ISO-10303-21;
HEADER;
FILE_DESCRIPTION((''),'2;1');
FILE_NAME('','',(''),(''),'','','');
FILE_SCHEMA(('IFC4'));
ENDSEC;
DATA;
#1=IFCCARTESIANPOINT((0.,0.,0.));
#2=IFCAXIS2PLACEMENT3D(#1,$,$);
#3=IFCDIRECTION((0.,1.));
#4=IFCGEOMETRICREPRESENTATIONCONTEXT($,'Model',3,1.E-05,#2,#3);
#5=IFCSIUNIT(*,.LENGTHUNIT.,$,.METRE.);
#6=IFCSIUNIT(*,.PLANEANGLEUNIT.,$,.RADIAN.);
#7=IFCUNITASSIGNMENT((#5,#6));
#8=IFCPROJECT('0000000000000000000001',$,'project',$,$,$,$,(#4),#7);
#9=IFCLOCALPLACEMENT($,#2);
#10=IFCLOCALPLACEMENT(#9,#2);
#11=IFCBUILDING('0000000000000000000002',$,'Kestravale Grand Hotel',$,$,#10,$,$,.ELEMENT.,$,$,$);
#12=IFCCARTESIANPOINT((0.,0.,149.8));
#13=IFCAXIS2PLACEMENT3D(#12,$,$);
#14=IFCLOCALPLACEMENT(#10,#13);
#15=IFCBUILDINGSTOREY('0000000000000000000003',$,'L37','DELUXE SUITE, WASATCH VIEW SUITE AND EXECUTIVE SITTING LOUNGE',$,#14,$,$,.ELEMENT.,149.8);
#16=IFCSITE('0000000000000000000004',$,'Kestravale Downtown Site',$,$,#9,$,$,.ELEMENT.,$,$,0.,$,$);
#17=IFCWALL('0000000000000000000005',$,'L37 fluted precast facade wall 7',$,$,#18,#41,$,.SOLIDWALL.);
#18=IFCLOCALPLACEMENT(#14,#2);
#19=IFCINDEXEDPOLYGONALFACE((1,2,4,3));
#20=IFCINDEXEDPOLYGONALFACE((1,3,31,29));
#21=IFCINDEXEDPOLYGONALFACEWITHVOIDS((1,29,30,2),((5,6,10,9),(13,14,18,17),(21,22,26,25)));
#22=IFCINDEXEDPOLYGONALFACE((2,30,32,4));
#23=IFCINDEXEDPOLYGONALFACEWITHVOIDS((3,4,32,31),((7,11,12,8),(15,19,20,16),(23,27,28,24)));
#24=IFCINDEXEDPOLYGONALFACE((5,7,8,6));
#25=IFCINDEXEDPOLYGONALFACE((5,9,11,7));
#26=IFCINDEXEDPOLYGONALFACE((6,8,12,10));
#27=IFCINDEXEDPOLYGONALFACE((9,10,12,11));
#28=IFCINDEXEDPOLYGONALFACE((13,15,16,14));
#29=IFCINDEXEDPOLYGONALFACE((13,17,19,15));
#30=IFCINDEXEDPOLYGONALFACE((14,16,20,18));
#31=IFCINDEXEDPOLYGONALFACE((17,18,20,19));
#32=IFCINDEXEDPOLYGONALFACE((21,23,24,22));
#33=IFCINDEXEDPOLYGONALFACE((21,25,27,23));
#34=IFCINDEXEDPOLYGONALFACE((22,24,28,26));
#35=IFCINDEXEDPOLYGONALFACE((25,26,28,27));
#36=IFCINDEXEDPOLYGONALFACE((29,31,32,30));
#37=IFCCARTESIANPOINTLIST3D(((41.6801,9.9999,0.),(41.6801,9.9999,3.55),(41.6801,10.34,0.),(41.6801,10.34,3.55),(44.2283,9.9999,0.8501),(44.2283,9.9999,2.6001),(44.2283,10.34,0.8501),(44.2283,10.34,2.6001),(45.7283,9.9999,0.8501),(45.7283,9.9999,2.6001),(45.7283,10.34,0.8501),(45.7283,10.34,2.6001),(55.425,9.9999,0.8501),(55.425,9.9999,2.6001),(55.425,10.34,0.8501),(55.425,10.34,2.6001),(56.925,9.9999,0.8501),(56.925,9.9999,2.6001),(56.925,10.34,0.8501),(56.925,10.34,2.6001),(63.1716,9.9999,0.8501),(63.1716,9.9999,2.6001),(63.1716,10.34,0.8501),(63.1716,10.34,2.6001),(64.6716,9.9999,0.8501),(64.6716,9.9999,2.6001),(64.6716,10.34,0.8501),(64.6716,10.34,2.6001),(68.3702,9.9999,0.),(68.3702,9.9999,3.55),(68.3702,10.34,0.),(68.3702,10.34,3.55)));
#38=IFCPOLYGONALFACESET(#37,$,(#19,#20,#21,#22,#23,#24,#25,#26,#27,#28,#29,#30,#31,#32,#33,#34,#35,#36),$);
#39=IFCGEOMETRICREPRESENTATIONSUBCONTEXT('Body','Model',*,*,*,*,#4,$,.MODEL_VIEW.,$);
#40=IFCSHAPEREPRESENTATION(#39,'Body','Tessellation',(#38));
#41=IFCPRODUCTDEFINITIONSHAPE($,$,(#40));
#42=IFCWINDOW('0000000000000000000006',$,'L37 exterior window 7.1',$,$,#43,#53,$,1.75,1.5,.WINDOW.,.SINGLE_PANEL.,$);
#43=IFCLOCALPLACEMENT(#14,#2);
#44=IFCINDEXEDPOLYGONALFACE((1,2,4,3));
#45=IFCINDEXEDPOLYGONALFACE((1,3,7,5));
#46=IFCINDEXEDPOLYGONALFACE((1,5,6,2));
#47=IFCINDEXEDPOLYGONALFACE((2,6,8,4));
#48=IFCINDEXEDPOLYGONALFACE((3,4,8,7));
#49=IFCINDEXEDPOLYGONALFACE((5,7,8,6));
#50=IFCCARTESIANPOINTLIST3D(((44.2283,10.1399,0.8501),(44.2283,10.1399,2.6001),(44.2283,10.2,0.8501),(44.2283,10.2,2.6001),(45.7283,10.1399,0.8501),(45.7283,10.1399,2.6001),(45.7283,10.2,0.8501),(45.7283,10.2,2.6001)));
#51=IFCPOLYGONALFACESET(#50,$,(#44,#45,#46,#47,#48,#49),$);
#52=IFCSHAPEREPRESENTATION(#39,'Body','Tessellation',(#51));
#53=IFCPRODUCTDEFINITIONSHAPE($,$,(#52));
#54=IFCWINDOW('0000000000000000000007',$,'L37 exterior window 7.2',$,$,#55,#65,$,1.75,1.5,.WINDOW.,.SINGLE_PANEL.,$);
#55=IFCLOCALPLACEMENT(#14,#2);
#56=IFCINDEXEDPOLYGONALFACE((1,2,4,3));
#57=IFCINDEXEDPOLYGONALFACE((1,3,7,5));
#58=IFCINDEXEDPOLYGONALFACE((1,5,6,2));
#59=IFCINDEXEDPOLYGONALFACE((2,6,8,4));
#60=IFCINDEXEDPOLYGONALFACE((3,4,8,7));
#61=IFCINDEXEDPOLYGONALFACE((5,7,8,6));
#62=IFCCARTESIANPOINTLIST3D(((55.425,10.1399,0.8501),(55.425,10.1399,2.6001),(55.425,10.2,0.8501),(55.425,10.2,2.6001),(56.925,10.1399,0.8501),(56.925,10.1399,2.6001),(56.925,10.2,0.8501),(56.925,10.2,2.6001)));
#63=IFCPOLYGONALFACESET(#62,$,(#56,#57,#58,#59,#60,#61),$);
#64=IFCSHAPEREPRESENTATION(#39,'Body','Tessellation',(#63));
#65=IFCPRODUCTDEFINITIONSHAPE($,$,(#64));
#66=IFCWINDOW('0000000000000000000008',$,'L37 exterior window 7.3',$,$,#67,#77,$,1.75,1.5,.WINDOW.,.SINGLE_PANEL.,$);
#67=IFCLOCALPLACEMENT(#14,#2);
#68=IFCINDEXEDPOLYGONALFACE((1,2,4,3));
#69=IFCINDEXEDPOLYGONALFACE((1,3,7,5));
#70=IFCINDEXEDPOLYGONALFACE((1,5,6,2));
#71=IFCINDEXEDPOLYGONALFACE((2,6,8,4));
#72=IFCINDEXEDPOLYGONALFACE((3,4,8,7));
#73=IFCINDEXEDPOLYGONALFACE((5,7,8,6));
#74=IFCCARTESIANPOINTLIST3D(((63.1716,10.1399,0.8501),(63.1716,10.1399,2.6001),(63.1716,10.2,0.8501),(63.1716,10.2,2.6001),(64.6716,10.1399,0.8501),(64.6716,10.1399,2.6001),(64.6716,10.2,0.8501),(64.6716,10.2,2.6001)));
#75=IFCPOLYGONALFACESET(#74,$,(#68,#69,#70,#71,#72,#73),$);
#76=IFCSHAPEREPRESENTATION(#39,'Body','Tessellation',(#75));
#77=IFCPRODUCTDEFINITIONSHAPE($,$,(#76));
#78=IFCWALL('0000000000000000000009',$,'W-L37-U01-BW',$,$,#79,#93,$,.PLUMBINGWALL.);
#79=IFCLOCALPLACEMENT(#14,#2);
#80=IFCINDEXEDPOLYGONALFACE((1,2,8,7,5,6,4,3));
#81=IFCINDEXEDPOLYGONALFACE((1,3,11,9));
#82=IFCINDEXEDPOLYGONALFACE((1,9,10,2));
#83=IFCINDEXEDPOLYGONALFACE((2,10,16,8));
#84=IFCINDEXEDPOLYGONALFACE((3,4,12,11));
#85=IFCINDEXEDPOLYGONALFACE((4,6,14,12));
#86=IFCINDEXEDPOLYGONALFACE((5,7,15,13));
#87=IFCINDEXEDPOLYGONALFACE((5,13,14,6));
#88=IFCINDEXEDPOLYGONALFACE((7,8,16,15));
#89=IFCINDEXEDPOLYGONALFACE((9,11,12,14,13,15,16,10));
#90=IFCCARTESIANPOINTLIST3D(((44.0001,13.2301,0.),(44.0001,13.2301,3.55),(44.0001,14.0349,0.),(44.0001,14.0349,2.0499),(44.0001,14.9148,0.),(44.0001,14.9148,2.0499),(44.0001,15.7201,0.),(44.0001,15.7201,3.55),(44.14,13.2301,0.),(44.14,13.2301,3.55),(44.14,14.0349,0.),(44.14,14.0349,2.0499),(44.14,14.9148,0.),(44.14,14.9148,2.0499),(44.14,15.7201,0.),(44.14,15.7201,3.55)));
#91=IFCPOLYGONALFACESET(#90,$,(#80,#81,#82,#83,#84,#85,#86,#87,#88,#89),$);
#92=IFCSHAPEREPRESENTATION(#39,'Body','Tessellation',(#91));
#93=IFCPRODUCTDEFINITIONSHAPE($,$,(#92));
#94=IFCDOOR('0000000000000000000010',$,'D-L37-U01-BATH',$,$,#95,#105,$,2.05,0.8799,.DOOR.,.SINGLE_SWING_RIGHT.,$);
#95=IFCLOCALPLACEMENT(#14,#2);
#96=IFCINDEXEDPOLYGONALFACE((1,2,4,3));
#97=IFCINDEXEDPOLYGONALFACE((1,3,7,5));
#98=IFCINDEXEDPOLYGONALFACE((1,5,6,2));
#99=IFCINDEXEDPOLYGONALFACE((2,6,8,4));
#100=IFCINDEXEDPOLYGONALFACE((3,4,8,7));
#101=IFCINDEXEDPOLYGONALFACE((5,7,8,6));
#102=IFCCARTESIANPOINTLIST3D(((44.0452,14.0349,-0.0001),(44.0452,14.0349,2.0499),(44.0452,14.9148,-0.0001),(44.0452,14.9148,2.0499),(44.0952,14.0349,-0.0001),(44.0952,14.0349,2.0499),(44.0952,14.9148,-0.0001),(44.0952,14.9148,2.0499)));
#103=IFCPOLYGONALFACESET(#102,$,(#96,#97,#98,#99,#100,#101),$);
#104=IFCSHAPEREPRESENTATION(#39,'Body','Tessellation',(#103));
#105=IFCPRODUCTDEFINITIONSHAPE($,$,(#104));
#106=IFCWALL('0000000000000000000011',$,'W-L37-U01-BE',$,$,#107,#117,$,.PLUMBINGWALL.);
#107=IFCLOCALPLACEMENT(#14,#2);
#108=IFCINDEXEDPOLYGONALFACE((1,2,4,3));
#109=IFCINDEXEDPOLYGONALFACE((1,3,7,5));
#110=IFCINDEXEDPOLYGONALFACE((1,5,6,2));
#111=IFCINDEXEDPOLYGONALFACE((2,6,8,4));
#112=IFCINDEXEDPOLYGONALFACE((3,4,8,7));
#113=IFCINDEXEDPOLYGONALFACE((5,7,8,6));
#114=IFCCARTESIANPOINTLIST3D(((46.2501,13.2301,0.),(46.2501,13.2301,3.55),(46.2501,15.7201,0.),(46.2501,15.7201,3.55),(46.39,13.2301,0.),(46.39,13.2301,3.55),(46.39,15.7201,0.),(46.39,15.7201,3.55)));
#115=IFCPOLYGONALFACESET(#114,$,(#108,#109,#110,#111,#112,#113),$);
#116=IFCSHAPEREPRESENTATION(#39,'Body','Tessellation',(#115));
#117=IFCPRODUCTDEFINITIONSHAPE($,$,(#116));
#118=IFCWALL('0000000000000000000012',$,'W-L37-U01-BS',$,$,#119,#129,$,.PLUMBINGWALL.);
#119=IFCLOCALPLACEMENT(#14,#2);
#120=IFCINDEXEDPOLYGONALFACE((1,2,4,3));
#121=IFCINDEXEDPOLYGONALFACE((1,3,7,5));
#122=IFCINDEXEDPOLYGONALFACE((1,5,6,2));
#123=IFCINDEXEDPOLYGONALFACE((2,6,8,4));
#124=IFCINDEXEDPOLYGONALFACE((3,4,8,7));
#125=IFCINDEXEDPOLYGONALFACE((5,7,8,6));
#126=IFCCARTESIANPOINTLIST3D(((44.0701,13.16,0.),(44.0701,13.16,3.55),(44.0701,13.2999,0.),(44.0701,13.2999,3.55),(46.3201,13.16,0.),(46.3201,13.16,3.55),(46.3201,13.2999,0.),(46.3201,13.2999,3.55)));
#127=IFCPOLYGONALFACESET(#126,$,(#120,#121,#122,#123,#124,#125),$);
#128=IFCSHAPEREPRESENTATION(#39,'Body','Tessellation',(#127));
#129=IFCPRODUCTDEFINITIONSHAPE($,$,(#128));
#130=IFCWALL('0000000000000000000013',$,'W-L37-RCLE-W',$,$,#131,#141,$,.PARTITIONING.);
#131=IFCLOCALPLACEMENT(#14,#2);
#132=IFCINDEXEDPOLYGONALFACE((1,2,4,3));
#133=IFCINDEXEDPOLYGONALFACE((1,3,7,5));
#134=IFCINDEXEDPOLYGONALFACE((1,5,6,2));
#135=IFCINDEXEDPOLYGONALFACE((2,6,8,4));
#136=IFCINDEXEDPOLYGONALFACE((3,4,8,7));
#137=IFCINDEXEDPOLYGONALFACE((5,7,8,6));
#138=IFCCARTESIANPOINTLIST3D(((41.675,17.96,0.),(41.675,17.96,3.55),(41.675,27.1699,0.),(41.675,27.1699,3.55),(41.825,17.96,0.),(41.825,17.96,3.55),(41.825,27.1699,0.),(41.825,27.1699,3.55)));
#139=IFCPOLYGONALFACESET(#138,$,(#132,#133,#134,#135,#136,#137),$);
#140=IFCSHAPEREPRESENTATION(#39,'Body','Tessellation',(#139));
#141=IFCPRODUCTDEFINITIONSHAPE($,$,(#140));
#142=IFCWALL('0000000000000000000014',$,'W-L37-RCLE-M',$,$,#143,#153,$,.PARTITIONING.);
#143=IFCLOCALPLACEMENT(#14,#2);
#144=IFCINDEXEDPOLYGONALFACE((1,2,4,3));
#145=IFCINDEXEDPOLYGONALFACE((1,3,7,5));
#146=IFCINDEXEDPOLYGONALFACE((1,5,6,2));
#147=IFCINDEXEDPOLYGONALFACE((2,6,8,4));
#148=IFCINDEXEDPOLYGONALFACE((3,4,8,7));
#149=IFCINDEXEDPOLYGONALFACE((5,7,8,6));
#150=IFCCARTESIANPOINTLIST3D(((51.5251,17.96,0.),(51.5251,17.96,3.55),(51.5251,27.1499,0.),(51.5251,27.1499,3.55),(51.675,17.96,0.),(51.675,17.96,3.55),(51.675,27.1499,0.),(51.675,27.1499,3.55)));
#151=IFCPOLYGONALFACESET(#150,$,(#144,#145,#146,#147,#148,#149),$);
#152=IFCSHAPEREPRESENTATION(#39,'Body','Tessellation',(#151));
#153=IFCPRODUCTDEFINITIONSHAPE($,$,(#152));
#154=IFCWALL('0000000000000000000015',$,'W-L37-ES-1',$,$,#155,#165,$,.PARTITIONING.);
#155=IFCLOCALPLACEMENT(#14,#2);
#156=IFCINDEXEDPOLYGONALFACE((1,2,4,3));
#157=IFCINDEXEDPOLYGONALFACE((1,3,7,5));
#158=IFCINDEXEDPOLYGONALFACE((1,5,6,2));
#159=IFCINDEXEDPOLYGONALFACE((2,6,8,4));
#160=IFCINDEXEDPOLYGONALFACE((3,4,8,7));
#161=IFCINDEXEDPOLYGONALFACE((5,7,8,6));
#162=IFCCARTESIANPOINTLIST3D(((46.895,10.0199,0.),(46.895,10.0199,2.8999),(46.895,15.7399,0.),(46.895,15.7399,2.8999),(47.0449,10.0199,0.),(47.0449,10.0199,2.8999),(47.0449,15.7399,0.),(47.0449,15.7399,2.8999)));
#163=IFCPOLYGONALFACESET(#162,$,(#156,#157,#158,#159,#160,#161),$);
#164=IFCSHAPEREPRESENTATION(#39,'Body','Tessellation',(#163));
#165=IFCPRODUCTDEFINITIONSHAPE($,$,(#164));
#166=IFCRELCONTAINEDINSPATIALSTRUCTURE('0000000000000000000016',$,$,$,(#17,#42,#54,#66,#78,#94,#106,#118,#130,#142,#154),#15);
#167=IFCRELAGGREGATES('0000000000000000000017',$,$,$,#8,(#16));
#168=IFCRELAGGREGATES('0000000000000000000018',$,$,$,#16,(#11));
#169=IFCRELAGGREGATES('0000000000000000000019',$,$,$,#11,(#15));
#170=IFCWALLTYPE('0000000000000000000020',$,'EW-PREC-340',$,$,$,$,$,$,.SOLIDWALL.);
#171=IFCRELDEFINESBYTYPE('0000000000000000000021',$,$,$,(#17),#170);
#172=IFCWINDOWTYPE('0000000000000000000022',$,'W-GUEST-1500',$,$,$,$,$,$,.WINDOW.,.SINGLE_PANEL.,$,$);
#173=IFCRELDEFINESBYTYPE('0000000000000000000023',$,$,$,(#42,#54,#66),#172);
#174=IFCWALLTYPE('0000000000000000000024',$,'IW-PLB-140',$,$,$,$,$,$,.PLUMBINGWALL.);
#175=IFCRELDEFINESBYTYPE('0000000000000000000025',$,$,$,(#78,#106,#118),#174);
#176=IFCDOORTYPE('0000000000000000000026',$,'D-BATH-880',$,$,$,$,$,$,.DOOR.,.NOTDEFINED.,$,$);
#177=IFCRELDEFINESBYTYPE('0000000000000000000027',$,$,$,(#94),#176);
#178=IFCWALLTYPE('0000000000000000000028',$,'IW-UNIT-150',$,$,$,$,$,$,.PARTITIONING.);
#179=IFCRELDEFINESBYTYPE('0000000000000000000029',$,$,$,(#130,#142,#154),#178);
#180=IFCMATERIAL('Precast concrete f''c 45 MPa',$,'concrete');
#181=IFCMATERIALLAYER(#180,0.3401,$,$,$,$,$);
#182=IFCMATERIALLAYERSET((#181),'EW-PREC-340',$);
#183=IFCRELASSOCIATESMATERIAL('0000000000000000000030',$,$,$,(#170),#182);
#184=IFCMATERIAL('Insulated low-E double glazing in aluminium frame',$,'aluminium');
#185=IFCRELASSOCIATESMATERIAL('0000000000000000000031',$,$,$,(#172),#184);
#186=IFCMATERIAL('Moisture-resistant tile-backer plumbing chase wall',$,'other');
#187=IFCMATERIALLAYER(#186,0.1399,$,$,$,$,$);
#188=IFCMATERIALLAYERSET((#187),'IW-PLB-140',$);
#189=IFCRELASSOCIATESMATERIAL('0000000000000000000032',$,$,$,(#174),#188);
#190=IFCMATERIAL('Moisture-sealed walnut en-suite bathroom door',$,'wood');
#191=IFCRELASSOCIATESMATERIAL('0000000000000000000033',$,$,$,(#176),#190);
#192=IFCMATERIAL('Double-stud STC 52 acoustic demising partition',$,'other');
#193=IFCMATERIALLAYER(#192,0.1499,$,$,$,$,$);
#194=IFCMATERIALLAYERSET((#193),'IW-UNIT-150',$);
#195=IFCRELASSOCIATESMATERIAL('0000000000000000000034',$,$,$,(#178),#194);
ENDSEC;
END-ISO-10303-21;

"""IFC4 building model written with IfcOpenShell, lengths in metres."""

from ifc_helpers import new_model, si_unit, direction, frame, frame_2d, origin, place, context, subcontext, project, spatial, rectangle, extrude, material, layer, layer_set, type_object, element, fill, save


model = new_model("IFC4")

# Units and contexts
model_context = context("Model", 3, precision=1e-05, world=origin(), true_north=direction((0.0, 1.0)))
body_context = subcontext(model_context, "Body", "Model", "MODEL_VIEW")
ifc_project = project(units=[si_unit("LENGTHUNIT", "METRE"), si_unit("PLANEANGLEUNIT", "RADIAN")], contexts=[model_context])

# Site, building, storey
site_placement = place(None, origin())
site = spatial("IfcSite", under=ifc_project, at=site_placement, Name="Kestravale Downtown Site", CompositionType="ELEMENT", RefElevation=0.0)
building_placement = place(site_placement, origin())
building = spatial("IfcBuilding", under=site, at=building_placement, Name="Kestravale Grand Hotel", CompositionType="ELEMENT")
storey_placement = place(building_placement, frame((0.0, 0.0, 149.8)))
storey = spatial("IfcBuildingStorey", under=building, at=storey_placement, Name="L37", Description="DELUXE SUITE, WASATCH VIEW SUITE AND EXECUTIVE SITTING LOUNGE", CompositionType="ELEMENT", Elevation=149.8)

# Shared definitions
ifc_material_1 = material(Name="Precast concrete f'c 45 MPa", Category="concrete")
ifc_layer_1 = layer(ifc_material_1, 0.3401)
ifc_layer_set_1 = layer_set([ifc_layer_1], Name="EW-PREC-340")
wall_type_1 = type_object("IfcWallType", Name="EW-PREC-340", PredefinedType="SOLIDWALL", material=ifc_layer_set_1)

# Wall, openings, windows
wall_1_placement = place(storey_placement, frame((41.6799, 10.1699, 0.0), z_axis=(0.0, 0.0, 1.0), x_axis=(1.0, 0.0, 0.0)))
wall_1 = element("IfcWall", 1, at=wall_1_placement, inside=storey, type_object=wall_type_1, Name="L37 fluted precast facade wall 7", PredefinedType="SOLIDWALL", context=body_context, shape_type="SweptSolid", body=[
    extrude(rectangle(XDim=26.6902, YDim=0.3401, at=frame_2d((13.3452, 0.0))), origin(), (0.0, 0.0, 1.0), 3.55),
])
opening_1_placement = place(wall_1_placement, frame((2.5483, 0.0, 0.8501)))
opening_1 = element("IfcOpeningElement", 2, at=opening_1_placement, cuts=wall_1, PredefinedType="OPENING", context=body_context, shape_type="SweptSolid", body=[
    extrude(rectangle(XDim=1.5, YDim=1.75, at=frame_2d((0.75, 0.875))), frame((0.0, 0.1799, 0.0), z_axis=(0.0, -1.0, 0.0), x_axis=(1.0, 0.0, 0.0)), (0.0, 0.0, 1.0), 0.3601),
])
opening_2_placement = place(wall_1_placement, frame((13.7451, 0.0, 0.8501)))
opening_2 = element("IfcOpeningElement", 3, at=opening_2_placement, cuts=wall_1, PredefinedType="OPENING", context=body_context, shape_type="SweptSolid", body=[
    extrude(rectangle(XDim=1.5, YDim=1.75, at=frame_2d((0.75, 0.875))), frame((0.0, 0.1799, 0.0), z_axis=(0.0, -1.0, 0.0), x_axis=(1.0, 0.0, 0.0)), (0.0, 0.0, 1.0), 0.3601),
])
opening_3_placement = place(wall_1_placement, frame((21.4917, 0.0, 0.8501)))
opening_3 = element("IfcOpeningElement", 4, at=opening_3_placement, cuts=wall_1, PredefinedType="OPENING", context=body_context, shape_type="SweptSolid", body=[
    extrude(rectangle(XDim=1.5, YDim=1.75, at=frame_2d((0.75, 0.875))), frame((0.0, 0.1799, 0.0), z_axis=(0.0, -1.0, 0.0), x_axis=(1.0, 0.0, 0.0)), (0.0, 0.0, 1.0), 0.3601),
])
ifc_material_2 = material(Name="Insulated low-E double glazing in aluminium frame", Category="aluminium")
window_type = type_object("IfcWindowType", Name="W-GUEST-1500", PartitioningType="SINGLE_PANEL", PredefinedType="WINDOW", material=ifc_material_2)
window_1_placement = place(opening_1_placement, origin())
window_1 = element("IfcWindow", 5, at=window_1_placement, inside=storey, type_object=window_type, Name="L37 exterior window 7.1", OverallHeight=1.75, OverallWidth=1.5, PartitioningType="SINGLE_PANEL", PredefinedType="WINDOW", context=body_context, shape_type="SweptSolid", body=[
    extrude(rectangle(XDim=1.5, YDim=1.75, at=frame_2d((0.75, 0.875))), frame((0.0, 0.03, 0.0), z_axis=(0.0, -1.0, 0.0), x_axis=(1.0, 0.0, 0.0)), (0.0, 0.0, 1.0), 0.0601),
])
fill(opening_1, window_1)
window_2_placement = place(opening_2_placement, origin())
window_2 = element("IfcWindow", 6, at=window_2_placement, inside=storey, type_object=window_type, Name="L37 exterior window 7.2", OverallHeight=1.75, OverallWidth=1.5, PartitioningType="SINGLE_PANEL", PredefinedType="WINDOW", context=body_context, shape_type="SweptSolid", body=[
    extrude(rectangle(XDim=1.5, YDim=1.75, at=frame_2d((0.75, 0.875))), frame((0.0, 0.03, 0.0), z_axis=(0.0, -1.0, 0.0), x_axis=(1.0, 0.0, 0.0)), (0.0, 0.0, 1.0), 0.0601),
])
fill(opening_2, window_2)
window_3_placement = place(opening_3_placement, origin())
window_3 = element("IfcWindow", 7, at=window_3_placement, inside=storey, type_object=window_type, Name="L37 exterior window 7.3", OverallHeight=1.75, OverallWidth=1.5, PartitioningType="SINGLE_PANEL", PredefinedType="WINDOW", context=body_context, shape_type="SweptSolid", body=[
    extrude(rectangle(XDim=1.5, YDim=1.75, at=frame_2d((0.75, 0.875))), frame((0.0, 0.03, 0.0), z_axis=(0.0, -1.0, 0.0), x_axis=(1.0, 0.0, 0.0)), (0.0, 0.0, 1.0), 0.0601),
])
fill(opening_3, window_3)

# Wall, opening, door
ifc_material_3 = material(Name="Moisture-resistant tile-backer plumbing chase wall", Category="other")
ifc_layer_2 = layer(ifc_material_3, 0.1399)
ifc_layer_set_2 = layer_set([ifc_layer_2], Name="IW-PLB-140")
wall_type_2 = type_object("IfcWallType", Name="IW-PLB-140", PredefinedType="PLUMBINGWALL", material=ifc_layer_set_2)
wall_2_placement = place(storey_placement, frame((44.0701, 13.23, 0.0), z_axis=(0.0, 0.0, 1.0), x_axis=(0.0, 1.0, 0.0)))
wall_2 = element("IfcWall", 8, at=wall_2_placement, inside=storey, type_object=wall_type_2, Name="W-L37-U01-BW", PredefinedType="PLUMBINGWALL", context=body_context, shape_type="SweptSolid", body=[
    extrude(rectangle(XDim=2.49, YDim=0.1399, at=frame_2d((1.2451, 0.0))), origin(), (0.0, 0.0, 1.0), 3.55),
])
opening_4_placement = place(wall_2_placement, frame((0.8049, 0.0, 0.0)))
opening_4 = element("IfcOpeningElement", 9, at=opening_4_placement, cuts=wall_2, PredefinedType="OPENING", context=body_context, shape_type="SweptSolid", body=[
    extrude(rectangle(XDim=0.8799, YDim=2.05, at=frame_2d((0.4399, 1.0249))), frame((0.0, 0.0798, 0.0), z_axis=(0.0, -1.0, 0.0), x_axis=(1.0, 0.0, 0.0)), (0.0, 0.0, 1.0), 0.1599),
])
ifc_material_4 = material(Name="Moisture-sealed walnut en-suite bathroom door", Category="wood")
door_type = type_object("IfcDoorType", Name="D-BATH-880", OperationType="NOTDEFINED", PredefinedType="DOOR", material=ifc_material_4)
door_placement = place(opening_4_placement, origin())
door = element("IfcDoor", 10, at=door_placement, inside=storey, type_object=door_type, Name="D-L37-U01-BATH", OperationType="SINGLE_SWING_RIGHT", OverallHeight=2.05, OverallWidth=0.8799, PredefinedType="DOOR", context=body_context, shape_type="SweptSolid", body=[
    extrude(rectangle(XDim=0.8799, YDim=2.05, at=frame_2d((0.4399, 1.0249))), frame((0.0, 0.0249, 0.0), z_axis=(0.0, -1.0, 0.0), x_axis=(1.0, 0.0, 0.0)), (0.0, 0.0, 1.0), 0.05),
])
fill(opening_4, door)

# Walls
wall_3_placement = place(storey_placement, frame((46.3201, 13.23, 0.0), z_axis=(0.0, 0.0, 1.0), x_axis=(0.0, 1.0, 0.0)))
element("IfcWall", 11, at=wall_3_placement, inside=storey, type_object=wall_type_2, Name="W-L37-U01-BE", PredefinedType="PLUMBINGWALL", context=body_context, shape_type="SweptSolid", body=[
    extrude(rectangle(XDim=2.49, YDim=0.1399, at=frame_2d((1.2451, 0.0))), origin(), (0.0, 0.0, 1.0), 3.55),
])
wall_4_placement = place(storey_placement, frame((44.0701, 13.23, 0.0), z_axis=(0.0, 0.0, 1.0), x_axis=(1.0, 0.0, 0.0)))
element("IfcWall", 12, at=wall_4_placement, inside=storey, type_object=wall_type_2, Name="W-L37-U01-BS", PredefinedType="PLUMBINGWALL", context=body_context, shape_type="SweptSolid", body=[
    extrude(rectangle(XDim=2.25, YDim=0.1399, at=frame_2d((1.125, 0.0))), origin(), (0.0, 0.0, 1.0), 3.55),
])
ifc_material_5 = material(Name="Double-stud STC 52 acoustic demising partition", Category="other")
ifc_layer_3 = layer(ifc_material_5, 0.1499)
ifc_layer_set_3 = layer_set([ifc_layer_3], Name="IW-UNIT-150")
wall_type_3 = type_object("IfcWallType", Name="IW-UNIT-150", PredefinedType="PARTITIONING", material=ifc_layer_set_3)
wall_5_placement = place(storey_placement, frame((41.75, 17.96, 0.0), z_axis=(0.0, 0.0, 1.0), x_axis=(0.0, 1.0, 0.0)))
element("IfcWall", 13, at=wall_5_placement, inside=storey, type_object=wall_type_3, Name="W-L37-RCLE-W", PredefinedType="PARTITIONING", context=body_context, shape_type="SweptSolid", body=[
    extrude(rectangle(XDim=9.21, YDim=0.1499, at=frame_2d((4.605, 0.0))), origin(), (0.0, 0.0, 1.0), 3.55),
])
wall_6_placement = place(storey_placement, frame((51.6001, 17.96, 0.0), z_axis=(0.0, 0.0, 1.0), x_axis=(0.0, 1.0, 0.0)))
element("IfcWall", 14, at=wall_6_placement, inside=storey, type_object=wall_type_3, Name="W-L37-RCLE-M", PredefinedType="PARTITIONING", context=body_context, shape_type="SweptSolid", body=[
    extrude(rectangle(XDim=9.1899, YDim=0.1499, at=frame_2d((4.595, 0.0))), origin(), (0.0, 0.0, 1.0), 3.55),
])
wall_7_placement = place(storey_placement, frame((46.97, 10.02, 0.0), z_axis=(0.0, 0.0, 1.0), x_axis=(0.0, 1.0, 0.0)))
element("IfcWall", 15, at=wall_7_placement, inside=storey, type_object=wall_type_3, Name="W-L37-ES-1", PredefinedType="PARTITIONING", context=body_context, shape_type="SweptSolid", body=[
    extrude(rectangle(XDim=5.72, YDim=0.1499, at=frame_2d((2.8599, 0.0))), origin(), (0.0, 0.0, 1.0), 2.8999),
])

save(model, "model.ifc")
